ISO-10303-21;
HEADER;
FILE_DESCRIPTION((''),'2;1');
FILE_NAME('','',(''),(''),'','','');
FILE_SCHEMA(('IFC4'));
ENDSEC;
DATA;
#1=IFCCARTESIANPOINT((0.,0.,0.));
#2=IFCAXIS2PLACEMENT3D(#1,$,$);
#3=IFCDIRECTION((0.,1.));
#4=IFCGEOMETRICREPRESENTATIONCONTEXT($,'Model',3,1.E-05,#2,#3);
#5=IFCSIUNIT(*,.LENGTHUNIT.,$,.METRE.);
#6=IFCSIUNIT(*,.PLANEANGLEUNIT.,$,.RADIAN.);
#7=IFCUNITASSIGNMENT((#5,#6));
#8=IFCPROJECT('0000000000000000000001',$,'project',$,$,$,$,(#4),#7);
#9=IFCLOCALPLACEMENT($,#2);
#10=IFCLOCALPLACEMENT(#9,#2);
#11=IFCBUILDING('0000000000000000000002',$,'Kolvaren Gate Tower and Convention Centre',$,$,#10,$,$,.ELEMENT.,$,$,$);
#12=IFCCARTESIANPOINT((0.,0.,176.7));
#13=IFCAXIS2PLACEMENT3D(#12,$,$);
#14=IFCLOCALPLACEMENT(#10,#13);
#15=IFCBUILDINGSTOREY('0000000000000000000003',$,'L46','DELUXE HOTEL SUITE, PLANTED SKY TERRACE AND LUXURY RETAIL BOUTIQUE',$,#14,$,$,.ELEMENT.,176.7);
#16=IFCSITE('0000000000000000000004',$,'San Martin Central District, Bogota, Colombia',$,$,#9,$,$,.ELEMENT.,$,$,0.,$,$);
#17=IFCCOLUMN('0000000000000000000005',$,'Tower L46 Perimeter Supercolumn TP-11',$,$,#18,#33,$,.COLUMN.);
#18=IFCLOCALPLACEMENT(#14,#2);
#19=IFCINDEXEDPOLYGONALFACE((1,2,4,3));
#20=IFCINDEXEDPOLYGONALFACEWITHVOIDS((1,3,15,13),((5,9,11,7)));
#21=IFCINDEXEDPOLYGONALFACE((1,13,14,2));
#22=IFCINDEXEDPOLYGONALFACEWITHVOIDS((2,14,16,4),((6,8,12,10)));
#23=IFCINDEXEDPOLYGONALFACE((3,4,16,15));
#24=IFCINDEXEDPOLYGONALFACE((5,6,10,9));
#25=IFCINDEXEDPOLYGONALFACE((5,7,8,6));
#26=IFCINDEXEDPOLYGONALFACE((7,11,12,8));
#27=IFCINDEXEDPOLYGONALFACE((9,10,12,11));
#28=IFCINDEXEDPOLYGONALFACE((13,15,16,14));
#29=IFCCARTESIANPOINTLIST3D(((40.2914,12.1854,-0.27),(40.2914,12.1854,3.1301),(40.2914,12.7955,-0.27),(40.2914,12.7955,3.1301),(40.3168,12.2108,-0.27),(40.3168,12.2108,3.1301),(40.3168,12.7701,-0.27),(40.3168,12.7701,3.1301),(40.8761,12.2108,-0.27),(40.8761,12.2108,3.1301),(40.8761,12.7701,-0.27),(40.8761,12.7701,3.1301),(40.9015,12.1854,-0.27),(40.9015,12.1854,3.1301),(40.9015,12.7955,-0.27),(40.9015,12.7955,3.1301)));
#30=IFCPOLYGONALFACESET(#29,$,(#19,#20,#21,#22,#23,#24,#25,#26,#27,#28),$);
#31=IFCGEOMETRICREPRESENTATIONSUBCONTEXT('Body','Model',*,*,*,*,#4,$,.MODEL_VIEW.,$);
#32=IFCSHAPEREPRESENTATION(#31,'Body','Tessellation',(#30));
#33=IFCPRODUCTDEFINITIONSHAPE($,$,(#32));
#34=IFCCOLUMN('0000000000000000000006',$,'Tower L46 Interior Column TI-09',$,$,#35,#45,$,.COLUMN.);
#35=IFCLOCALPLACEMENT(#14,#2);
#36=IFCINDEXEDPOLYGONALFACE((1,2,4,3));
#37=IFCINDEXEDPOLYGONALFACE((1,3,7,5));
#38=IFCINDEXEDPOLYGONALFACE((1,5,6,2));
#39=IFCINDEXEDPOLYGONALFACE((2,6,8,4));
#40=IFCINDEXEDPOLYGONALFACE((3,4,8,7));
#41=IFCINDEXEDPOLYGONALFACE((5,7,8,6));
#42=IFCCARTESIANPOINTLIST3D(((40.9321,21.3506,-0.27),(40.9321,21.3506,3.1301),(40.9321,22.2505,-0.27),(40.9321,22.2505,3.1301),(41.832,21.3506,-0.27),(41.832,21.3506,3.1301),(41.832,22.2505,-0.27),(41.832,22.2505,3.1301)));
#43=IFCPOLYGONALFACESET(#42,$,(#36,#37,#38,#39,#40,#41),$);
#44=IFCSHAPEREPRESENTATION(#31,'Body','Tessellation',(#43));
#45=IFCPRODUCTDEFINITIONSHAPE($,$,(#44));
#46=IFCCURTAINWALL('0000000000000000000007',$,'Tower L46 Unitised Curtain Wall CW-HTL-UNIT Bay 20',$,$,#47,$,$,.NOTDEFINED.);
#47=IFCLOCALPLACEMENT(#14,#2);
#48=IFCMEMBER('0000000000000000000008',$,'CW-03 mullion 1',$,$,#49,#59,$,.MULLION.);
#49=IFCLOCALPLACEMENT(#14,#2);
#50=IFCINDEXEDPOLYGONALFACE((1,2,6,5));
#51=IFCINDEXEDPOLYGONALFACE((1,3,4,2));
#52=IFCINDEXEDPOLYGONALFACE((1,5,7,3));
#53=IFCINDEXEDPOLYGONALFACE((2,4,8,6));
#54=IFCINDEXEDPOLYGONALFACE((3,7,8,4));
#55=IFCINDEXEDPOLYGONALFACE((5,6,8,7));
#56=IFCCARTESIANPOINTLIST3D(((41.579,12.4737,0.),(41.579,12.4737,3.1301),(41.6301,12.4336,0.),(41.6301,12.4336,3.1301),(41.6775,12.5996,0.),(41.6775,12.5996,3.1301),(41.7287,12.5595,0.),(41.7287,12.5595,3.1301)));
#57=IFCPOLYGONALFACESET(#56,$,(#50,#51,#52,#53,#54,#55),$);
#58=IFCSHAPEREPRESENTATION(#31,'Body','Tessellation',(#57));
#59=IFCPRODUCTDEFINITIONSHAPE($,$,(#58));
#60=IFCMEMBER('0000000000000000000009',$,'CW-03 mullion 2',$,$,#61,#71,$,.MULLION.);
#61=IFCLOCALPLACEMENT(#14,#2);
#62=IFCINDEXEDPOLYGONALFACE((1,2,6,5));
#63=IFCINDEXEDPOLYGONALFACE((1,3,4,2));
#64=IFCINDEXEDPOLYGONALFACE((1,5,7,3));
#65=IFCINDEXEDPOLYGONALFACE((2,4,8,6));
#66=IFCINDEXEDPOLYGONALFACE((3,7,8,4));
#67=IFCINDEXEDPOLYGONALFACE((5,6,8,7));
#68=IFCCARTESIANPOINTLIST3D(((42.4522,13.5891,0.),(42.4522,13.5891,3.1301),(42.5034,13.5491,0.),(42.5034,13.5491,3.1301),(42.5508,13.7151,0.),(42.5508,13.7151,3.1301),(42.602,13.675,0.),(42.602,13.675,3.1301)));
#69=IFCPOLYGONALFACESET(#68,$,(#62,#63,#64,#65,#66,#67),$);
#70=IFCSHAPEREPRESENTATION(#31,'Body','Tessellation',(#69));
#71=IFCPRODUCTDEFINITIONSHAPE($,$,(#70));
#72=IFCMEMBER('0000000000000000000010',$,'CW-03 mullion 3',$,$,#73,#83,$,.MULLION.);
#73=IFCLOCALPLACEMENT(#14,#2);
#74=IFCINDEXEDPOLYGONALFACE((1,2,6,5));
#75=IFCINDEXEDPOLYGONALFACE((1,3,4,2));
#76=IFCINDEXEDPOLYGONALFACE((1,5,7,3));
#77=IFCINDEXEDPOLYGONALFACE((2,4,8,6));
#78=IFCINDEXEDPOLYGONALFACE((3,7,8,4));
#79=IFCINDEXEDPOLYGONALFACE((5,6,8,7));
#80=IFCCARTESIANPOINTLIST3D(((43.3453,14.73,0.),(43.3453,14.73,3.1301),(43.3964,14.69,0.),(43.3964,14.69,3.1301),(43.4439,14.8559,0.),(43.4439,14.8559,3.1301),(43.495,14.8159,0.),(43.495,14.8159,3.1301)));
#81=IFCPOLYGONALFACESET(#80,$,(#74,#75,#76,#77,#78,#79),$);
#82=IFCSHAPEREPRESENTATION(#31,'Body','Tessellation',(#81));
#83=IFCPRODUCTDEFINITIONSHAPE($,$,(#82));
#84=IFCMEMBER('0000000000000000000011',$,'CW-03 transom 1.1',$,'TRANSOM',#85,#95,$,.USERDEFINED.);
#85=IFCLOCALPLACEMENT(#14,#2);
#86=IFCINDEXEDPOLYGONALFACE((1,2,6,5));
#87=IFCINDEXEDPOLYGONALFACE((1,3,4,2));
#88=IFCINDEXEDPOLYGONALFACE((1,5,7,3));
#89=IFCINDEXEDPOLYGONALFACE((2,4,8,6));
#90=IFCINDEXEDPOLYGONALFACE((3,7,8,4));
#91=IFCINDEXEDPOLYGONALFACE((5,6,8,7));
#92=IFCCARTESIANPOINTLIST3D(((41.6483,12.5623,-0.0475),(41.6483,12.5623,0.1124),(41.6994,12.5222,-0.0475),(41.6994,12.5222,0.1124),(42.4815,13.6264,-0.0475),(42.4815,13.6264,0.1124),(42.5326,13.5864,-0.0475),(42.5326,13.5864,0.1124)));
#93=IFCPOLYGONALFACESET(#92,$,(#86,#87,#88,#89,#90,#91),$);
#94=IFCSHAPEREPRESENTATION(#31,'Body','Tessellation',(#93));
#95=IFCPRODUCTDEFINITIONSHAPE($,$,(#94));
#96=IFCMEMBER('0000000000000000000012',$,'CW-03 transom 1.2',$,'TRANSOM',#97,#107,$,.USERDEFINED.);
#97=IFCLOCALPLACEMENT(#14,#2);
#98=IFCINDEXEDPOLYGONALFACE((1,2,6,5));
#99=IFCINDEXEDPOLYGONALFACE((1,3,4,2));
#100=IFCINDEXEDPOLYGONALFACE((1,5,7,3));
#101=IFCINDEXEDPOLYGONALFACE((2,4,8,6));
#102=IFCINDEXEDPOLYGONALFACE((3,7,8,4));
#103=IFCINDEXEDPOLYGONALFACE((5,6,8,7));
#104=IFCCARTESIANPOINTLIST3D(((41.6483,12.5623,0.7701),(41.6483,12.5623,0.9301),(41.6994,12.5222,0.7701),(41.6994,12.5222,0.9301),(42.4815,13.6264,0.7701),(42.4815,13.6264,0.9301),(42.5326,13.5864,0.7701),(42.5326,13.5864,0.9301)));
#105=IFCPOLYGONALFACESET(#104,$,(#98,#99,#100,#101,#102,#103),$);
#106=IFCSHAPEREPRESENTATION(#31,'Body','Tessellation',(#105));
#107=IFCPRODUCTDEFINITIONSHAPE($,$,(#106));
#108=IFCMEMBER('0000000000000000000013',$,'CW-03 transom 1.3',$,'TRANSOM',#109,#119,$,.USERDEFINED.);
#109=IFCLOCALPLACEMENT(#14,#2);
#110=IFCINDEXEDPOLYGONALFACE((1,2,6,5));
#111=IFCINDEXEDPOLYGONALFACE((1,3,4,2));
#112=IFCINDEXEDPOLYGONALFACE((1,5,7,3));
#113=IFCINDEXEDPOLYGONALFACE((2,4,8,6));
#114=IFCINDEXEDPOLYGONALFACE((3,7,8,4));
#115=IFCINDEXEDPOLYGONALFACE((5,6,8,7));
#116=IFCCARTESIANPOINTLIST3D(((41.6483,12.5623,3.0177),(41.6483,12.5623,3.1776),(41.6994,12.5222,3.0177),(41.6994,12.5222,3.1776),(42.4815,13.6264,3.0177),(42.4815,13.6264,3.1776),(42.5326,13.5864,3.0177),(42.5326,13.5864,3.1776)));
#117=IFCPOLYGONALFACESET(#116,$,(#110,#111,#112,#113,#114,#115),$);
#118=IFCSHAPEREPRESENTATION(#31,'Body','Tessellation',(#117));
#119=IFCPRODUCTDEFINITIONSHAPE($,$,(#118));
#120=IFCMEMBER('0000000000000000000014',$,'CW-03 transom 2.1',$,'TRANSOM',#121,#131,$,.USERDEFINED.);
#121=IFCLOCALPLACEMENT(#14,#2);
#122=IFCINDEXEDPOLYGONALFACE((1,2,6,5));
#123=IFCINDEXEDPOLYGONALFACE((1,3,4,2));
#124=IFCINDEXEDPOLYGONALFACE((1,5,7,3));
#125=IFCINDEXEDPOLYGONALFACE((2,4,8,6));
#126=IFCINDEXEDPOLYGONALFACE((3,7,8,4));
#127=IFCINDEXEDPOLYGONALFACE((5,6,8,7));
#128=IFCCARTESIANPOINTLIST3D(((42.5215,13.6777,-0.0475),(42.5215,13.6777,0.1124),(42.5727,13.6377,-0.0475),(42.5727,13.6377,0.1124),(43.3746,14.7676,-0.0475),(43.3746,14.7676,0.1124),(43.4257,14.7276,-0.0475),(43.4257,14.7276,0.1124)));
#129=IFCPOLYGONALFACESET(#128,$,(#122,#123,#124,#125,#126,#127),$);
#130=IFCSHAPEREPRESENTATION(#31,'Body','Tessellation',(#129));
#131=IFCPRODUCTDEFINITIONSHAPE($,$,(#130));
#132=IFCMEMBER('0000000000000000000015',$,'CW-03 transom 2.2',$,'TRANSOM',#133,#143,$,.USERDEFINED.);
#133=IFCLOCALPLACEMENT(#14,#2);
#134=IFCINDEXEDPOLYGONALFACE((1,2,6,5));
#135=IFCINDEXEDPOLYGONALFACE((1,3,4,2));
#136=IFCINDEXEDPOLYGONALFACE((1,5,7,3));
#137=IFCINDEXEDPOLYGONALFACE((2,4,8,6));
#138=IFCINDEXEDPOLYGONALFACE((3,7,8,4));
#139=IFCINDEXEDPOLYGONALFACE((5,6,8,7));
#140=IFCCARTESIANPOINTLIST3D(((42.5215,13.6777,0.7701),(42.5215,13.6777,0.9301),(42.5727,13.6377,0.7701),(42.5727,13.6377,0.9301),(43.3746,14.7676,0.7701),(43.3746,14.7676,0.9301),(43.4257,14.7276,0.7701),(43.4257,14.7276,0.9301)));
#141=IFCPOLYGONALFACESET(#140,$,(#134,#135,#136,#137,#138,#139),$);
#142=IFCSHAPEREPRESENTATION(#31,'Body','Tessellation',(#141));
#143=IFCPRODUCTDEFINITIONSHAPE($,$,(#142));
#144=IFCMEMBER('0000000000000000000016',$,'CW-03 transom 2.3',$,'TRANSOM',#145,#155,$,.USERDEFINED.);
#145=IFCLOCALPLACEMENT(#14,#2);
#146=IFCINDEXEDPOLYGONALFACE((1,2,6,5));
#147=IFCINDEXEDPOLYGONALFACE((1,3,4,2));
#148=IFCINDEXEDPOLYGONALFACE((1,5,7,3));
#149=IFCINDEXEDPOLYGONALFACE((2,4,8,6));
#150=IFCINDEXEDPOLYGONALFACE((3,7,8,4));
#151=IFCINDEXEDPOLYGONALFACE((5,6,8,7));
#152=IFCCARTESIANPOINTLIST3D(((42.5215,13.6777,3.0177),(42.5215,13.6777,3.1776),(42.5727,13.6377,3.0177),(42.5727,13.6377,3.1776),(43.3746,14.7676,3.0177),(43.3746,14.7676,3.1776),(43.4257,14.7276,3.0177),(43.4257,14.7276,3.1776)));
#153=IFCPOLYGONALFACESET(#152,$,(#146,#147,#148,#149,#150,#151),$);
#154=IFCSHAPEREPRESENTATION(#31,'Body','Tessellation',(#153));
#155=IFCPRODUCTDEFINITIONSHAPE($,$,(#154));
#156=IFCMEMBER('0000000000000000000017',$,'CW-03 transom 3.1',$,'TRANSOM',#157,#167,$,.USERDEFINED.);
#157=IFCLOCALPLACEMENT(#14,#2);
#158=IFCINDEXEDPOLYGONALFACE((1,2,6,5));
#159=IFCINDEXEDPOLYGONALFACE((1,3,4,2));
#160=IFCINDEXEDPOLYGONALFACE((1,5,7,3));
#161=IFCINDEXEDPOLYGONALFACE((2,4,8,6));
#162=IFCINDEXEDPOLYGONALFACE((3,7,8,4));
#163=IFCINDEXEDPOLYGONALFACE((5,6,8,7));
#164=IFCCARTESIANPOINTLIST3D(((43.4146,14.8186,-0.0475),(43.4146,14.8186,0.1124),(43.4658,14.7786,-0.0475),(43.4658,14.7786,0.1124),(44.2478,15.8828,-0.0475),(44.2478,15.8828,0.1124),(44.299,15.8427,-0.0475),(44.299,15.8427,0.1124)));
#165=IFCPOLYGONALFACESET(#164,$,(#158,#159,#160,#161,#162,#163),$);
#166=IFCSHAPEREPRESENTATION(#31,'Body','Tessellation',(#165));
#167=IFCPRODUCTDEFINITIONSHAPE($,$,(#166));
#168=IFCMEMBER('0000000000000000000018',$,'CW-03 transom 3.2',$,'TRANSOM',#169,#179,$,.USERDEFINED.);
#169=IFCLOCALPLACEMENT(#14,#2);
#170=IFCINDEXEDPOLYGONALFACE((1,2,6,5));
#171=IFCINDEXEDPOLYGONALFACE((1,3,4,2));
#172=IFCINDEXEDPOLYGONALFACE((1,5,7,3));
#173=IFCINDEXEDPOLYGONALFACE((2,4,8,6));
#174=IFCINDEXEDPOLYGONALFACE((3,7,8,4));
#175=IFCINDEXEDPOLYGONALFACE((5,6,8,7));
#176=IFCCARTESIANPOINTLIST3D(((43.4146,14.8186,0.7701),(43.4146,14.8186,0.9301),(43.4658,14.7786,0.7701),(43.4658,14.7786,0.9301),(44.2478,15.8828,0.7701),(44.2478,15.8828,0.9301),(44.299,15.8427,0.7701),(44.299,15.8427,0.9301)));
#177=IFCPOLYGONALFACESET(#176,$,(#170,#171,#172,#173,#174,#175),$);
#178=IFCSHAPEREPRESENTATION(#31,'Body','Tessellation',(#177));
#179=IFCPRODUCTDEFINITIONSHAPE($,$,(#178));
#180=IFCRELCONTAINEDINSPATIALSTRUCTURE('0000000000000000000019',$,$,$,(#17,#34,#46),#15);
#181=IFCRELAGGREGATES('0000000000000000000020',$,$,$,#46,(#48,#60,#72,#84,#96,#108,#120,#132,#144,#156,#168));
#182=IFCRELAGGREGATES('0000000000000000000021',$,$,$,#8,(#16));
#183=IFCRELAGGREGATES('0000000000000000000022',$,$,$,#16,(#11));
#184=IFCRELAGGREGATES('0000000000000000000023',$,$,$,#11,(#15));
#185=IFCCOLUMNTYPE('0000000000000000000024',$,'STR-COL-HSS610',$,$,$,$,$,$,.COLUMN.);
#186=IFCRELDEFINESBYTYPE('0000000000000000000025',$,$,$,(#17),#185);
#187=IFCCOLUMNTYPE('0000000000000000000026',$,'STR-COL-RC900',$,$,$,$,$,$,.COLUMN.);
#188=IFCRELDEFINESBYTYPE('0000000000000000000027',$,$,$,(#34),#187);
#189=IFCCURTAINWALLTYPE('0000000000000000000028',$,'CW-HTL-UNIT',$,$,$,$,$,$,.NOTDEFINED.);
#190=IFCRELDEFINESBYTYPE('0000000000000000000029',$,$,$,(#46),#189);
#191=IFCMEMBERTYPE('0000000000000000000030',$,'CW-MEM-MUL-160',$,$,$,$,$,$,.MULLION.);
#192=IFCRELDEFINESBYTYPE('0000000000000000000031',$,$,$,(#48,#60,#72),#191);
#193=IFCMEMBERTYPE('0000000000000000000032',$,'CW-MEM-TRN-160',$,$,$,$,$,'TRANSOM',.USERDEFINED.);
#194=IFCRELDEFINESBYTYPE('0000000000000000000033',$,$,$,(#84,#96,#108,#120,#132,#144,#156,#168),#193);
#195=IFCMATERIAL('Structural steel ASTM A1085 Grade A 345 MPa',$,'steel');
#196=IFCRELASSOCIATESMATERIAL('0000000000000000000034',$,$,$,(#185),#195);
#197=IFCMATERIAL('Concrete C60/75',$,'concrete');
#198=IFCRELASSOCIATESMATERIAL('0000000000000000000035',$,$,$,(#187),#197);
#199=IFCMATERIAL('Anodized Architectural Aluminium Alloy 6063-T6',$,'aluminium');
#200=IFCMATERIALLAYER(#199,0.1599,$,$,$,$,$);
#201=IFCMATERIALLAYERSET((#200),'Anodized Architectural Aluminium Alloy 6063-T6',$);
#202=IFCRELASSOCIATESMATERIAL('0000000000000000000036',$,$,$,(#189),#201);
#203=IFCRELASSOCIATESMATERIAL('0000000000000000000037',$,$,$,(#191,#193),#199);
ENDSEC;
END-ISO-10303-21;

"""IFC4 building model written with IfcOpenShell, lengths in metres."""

from ifc_helpers import new_model, si_unit, direction, frame, origin, origin_2d, place, context, subcontext, project, spatial, rectangle, hollow_rectangle, extrude, material, layer, layer_set, material_profile, profile_set, type_object, element, aggregate, save


model = new_model("IFC4")

# Units and contexts
model_context = context("Model", 3, precision=1e-05, world=origin(), true_north=direction((0.0, 1.0)))
body_context = subcontext(model_context, "Body", "Model", "MODEL_VIEW")
ifc_project = project(units=[si_unit("LENGTHUNIT", "METRE"), si_unit("PLANEANGLEUNIT", "RADIAN")], contexts=[model_context])

# Site, building, storey
site_placement = place(None, origin())
site = spatial("IfcSite", under=ifc_project, at=site_placement, Name="San Martin Central District, Bogota, Colombia", CompositionType="ELEMENT", RefElevation=0.0)
building_placement = place(site_placement, origin())
building = spatial("IfcBuilding", under=site, at=building_placement, Name="Kolvaren Gate Tower and Convention Centre", CompositionType="ELEMENT")
storey_placement = place(building_placement, frame((0.0, 0.0, 176.7)))
storey = spatial("IfcBuildingStorey", under=building, at=storey_placement, Name="L46", Description="DELUXE HOTEL SUITE, PLANTED SKY TERRACE AND LUXURY RETAIL BOUTIQUE", CompositionType="ELEMENT", Elevation=176.7)

# Columns
ifc_material_1 = material(Name="Structural steel ASTM A1085 Grade A 345 MPa", Category="steel")
ifc_material_profile_1 = material_profile(ifc_material_1, hollow_rectangle(XDim=0.6101, YDim=0.6101, WallThickness=0.0254, at=origin_2d()), Name="HSS610X610X25.4")
ifc_profile_set_1 = profile_set([ifc_material_profile_1], Name="Structural steel ASTM A1085 Grade A 345 MPa")
column_type_1 = type_object("IfcColumnType", Name="STR-COL-HSS610", PredefinedType="COLUMN", material=ifc_profile_set_1)
column_1_placement = place(storey_placement, frame((40.5964, 12.4905, -0.27), z_axis=(0.0, 0.0, 1.0), x_axis=(1.0, 0.0, 0.0)))
element("IfcColumn", 1, at=column_1_placement, inside=storey, type_object=column_type_1, Name="Tower L46 Perimeter Supercolumn TP-11", PredefinedType="COLUMN", context=body_context, shape_type="SweptSolid", body=[
    extrude(hollow_rectangle(XDim=0.6101, YDim=0.6101, WallThickness=0.0254, at=origin_2d()), origin(), (0.0, 0.0, 1.0), 3.4001),
])
ifc_material_2 = material(Name="Concrete C60/75", Category="concrete")
ifc_material_profile_2 = material_profile(ifc_material_2, rectangle(XDim=0.8999, YDim=0.8999, at=origin_2d()), Name="RC-COL-900X900")
ifc_profile_set_2 = profile_set([ifc_material_profile_2], Name="Concrete C60/75")
column_type_2 = type_object("IfcColumnType", Name="STR-COL-RC900", PredefinedType="COLUMN", material=ifc_profile_set_2)
column_2_placement = place(storey_placement, frame((41.3821, 21.8005, -0.27), z_axis=(0.0, 0.0, 1.0), x_axis=(1.0, 0.0, 0.0)))
element("IfcColumn", 2, at=column_2_placement, inside=storey, type_object=column_type_2, Name="Tower L46 Interior Column TI-09", PredefinedType="COLUMN", context=body_context, shape_type="SweptSolid", body=[
    extrude(rectangle(XDim=0.8999, YDim=0.8999, at=origin_2d()), origin(), (0.0, 0.0, 1.0), 3.4001),
])

# Curtain wall, members
ifc_material_3 = material(Name="Anodized Architectural Aluminium Alloy 6063-T6", Category="aluminium")
ifc_layer_1 = layer(ifc_material_3, 0.1599)
ifc_layer_set_1 = layer_set([ifc_layer_1], Name="Anodized Architectural Aluminium Alloy 6063-T6")
curtain_wall_type = type_object("IfcCurtainWallType", Name="CW-HTL-UNIT", PredefinedType="NOTDEFINED", material=ifc_layer_set_1)
curtain_wall_placement = place(storey_placement, origin())
curtain_wall = element("IfcCurtainWall", 3, at=curtain_wall_placement, inside=storey, type_object=curtain_wall_type, Name="Tower L46 Unitised Curtain Wall CW-HTL-UNIT Bay 20", PredefinedType="NOTDEFINED")
ifc_material_profile_3 = material_profile(ifc_material_3, rectangle(XDim=0.0649, YDim=0.1599, at=origin_2d()), Name="CW-MEM-MUL-160")
ifc_profile_set_3 = profile_set([ifc_material_profile_3], Name="Anodized Architectural Aluminium Alloy 6063-T6")
member_type_1 = type_object("IfcMemberType", Name="CW-MEM-MUL-160", PredefinedType="MULLION", material=ifc_profile_set_3)
member_1_placement = place(storey_placement, frame((41.6538, 12.5166, 0.0), z_axis=(0.0, 0.0, 1.0), x_axis=(-0.787404, 0.616438, 0.0)))
member_1 = element("IfcMember", 4, at=member_1_placement, type_object=member_type_1, Name="CW-03 mullion 1", PredefinedType="MULLION", context=body_context, shape_type="SweptSolid", body=[
    extrude(rectangle(XDim=0.0649, YDim=0.1599, at=origin_2d()), origin(), (0.0, 0.0, 1.0), 3.1301),
])
member_2_placement = place(storey_placement, frame((42.5271, 13.6321, 0.0), z_axis=(0.0, 0.0, 1.0), x_axis=(-0.787404, 0.616438, 0.0)))
member_2 = element("IfcMember", 5, at=member_2_placement, type_object=member_type_1, Name="CW-03 mullion 2", PredefinedType="MULLION", context=body_context, shape_type="SweptSolid", body=[
    extrude(rectangle(XDim=0.0649, YDim=0.1599, at=origin_2d()), origin(), (0.0, 0.0, 1.0), 3.1301),
])
member_3_placement = place(storey_placement, frame((43.4202, 14.7729, 0.0), z_axis=(0.0, 0.0, 1.0), x_axis=(-0.787404, 0.616438, 0.0)))
member_3 = element("IfcMember", 6, at=member_3_placement, type_object=member_type_1, Name="CW-03 mullion 3", PredefinedType="MULLION", context=body_context, shape_type="SweptSolid", body=[
    extrude(rectangle(XDim=0.0649, YDim=0.1599, at=origin_2d()), origin(), (0.0, 0.0, 1.0), 3.1301),
])
ifc_material_profile_4 = material_profile(ifc_material_3, rectangle(XDim=0.0649, YDim=0.1599, at=origin_2d()), Name="CW-MEM-TRN-160")
ifc_profile_set_4 = profile_set([ifc_material_profile_4], Name="Anodized Architectural Aluminium Alloy 6063-T6")
member_type_2 = type_object("IfcMemberType", Name="CW-MEM-TRN-160", ElementType="TRANSOM", PredefinedType="USERDEFINED", material=ifc_profile_set_4)
member_4_placement = place(storey_placement, frame((41.6738, 12.5422, 0.0325), z_axis=(0.616488, 0.787364, 0.0), x_axis=(-0.787364, 0.616488, 0.0)))
member_4 = element("IfcMember", 7, at=member_4_placement, type_object=member_type_2, Name="CW-03 transom 1.1", ObjectType="TRANSOM", PredefinedType="USERDEFINED", context=body_context, shape_type="SweptSolid", body=[
    extrude(rectangle(XDim=0.0649, YDim=0.1599, at=origin_2d()), origin(), (0.0, 0.0, 1.0), 1.3516),
])
member_5_placement = place(storey_placement, frame((41.6738, 12.5422, 0.8501), z_axis=(0.616488, 0.787364, 0.0), x_axis=(-0.787364, 0.616488, 0.0)))
member_5 = element("IfcMember", 8, at=member_5_placement, type_object=member_type_2, Name="CW-03 transom 1.2", ObjectType="TRANSOM", PredefinedType="USERDEFINED", context=body_context, shape_type="SweptSolid", body=[
    extrude(rectangle(XDim=0.0649, YDim=0.1599, at=origin_2d()), origin(), (0.0, 0.0, 1.0), 1.3516),
])
member_6_placement = place(storey_placement, frame((41.6738, 12.5422, 3.0977), z_axis=(0.616488, 0.787364, 0.0), x_axis=(-0.787364, 0.616488, 0.0)))
member_6 = element("IfcMember", 9, at=member_6_placement, type_object=member_type_2, Name="CW-03 transom 1.3", ObjectType="TRANSOM", PredefinedType="USERDEFINED", context=body_context, shape_type="SweptSolid", body=[
    extrude(rectangle(XDim=0.0649, YDim=0.1599, at=origin_2d()), origin(), (0.0, 0.0, 1.0), 1.3516),
])
member_7_placement = place(storey_placement, frame((42.5471, 13.6577, 0.0325), z_axis=(0.616356, 0.787468, 0.0), x_axis=(-0.787468, 0.616356, 0.0)))
member_7 = element("IfcMember", 10, at=member_7_placement, type_object=member_type_2, Name="CW-03 transom 2.1", ObjectType="TRANSOM", PredefinedType="USERDEFINED", context=body_context, shape_type="SweptSolid", body=[
    extrude(rectangle(XDim=0.0649, YDim=0.1599, at=origin_2d()), origin(), (0.0, 0.0, 1.0), 1.384),
])
member_8_placement = place(storey_placement, frame((42.5471, 13.6577, 0.8501), z_axis=(0.616356, 0.787468, 0.0), x_axis=(-0.787468, 0.616356, 0.0)))
member_8 = element("IfcMember", 11, at=member_8_placement, type_object=member_type_2, Name="CW-03 transom 2.2", ObjectType="TRANSOM", PredefinedType="USERDEFINED", context=body_context, shape_type="SweptSolid", body=[
    extrude(rectangle(XDim=0.0649, YDim=0.1599, at=origin_2d()), origin(), (0.0, 0.0, 1.0), 1.384),
])
member_9_placement = place(storey_placement, frame((42.5471, 13.6577, 3.0977), z_axis=(0.616356, 0.787468, 0.0), x_axis=(-0.787468, 0.616356, 0.0)))
member_9 = element("IfcMember", 12, at=member_9_placement, type_object=member_type_2, Name="CW-03 transom 2.3", ObjectType="TRANSOM", PredefinedType="USERDEFINED", context=body_context, shape_type="SweptSolid", body=[
    extrude(rectangle(XDim=0.0649, YDim=0.1599, at=origin_2d()), origin(), (0.0, 0.0, 1.0), 1.384),
])
member_10_placement = place(storey_placement, frame((43.4402, 14.7986, 0.0325), z_axis=(0.616488, 0.787364, 0.0), x_axis=(-0.787364, 0.616488, 0.0)))
member_10 = element("IfcMember", 13, at=member_10_placement, type_object=member_type_2, Name="CW-03 transom 3.1", ObjectType="TRANSOM", PredefinedType="USERDEFINED", context=body_context, shape_type="SweptSolid", body=[
    extrude(rectangle(XDim=0.0649, YDim=0.1599, at=origin_2d()), origin(), (0.0, 0.0, 1.0), 1.3516),
])
member_11_placement = place(storey_placement, frame((43.4402, 14.7986, 0.8501), z_axis=(0.616488, 0.787364, 0.0), x_axis=(-0.787364, 0.616488, 0.0)))
member_11 = element("IfcMember", 14, at=member_11_placement, type_object=member_type_2, Name="CW-03 transom 3.2", ObjectType="TRANSOM", PredefinedType="USERDEFINED", context=body_context, shape_type="SweptSolid", body=[
    extrude(rectangle(XDim=0.0649, YDim=0.1599, at=origin_2d()), origin(), (0.0, 0.0, 1.0), 1.3516),
])

aggregate(curtain_wall, [member_1, member_2, member_3, member_4, member_5, member_6, member_7, member_8, member_9, member_10, member_11])

save(model, "model.ifc")
